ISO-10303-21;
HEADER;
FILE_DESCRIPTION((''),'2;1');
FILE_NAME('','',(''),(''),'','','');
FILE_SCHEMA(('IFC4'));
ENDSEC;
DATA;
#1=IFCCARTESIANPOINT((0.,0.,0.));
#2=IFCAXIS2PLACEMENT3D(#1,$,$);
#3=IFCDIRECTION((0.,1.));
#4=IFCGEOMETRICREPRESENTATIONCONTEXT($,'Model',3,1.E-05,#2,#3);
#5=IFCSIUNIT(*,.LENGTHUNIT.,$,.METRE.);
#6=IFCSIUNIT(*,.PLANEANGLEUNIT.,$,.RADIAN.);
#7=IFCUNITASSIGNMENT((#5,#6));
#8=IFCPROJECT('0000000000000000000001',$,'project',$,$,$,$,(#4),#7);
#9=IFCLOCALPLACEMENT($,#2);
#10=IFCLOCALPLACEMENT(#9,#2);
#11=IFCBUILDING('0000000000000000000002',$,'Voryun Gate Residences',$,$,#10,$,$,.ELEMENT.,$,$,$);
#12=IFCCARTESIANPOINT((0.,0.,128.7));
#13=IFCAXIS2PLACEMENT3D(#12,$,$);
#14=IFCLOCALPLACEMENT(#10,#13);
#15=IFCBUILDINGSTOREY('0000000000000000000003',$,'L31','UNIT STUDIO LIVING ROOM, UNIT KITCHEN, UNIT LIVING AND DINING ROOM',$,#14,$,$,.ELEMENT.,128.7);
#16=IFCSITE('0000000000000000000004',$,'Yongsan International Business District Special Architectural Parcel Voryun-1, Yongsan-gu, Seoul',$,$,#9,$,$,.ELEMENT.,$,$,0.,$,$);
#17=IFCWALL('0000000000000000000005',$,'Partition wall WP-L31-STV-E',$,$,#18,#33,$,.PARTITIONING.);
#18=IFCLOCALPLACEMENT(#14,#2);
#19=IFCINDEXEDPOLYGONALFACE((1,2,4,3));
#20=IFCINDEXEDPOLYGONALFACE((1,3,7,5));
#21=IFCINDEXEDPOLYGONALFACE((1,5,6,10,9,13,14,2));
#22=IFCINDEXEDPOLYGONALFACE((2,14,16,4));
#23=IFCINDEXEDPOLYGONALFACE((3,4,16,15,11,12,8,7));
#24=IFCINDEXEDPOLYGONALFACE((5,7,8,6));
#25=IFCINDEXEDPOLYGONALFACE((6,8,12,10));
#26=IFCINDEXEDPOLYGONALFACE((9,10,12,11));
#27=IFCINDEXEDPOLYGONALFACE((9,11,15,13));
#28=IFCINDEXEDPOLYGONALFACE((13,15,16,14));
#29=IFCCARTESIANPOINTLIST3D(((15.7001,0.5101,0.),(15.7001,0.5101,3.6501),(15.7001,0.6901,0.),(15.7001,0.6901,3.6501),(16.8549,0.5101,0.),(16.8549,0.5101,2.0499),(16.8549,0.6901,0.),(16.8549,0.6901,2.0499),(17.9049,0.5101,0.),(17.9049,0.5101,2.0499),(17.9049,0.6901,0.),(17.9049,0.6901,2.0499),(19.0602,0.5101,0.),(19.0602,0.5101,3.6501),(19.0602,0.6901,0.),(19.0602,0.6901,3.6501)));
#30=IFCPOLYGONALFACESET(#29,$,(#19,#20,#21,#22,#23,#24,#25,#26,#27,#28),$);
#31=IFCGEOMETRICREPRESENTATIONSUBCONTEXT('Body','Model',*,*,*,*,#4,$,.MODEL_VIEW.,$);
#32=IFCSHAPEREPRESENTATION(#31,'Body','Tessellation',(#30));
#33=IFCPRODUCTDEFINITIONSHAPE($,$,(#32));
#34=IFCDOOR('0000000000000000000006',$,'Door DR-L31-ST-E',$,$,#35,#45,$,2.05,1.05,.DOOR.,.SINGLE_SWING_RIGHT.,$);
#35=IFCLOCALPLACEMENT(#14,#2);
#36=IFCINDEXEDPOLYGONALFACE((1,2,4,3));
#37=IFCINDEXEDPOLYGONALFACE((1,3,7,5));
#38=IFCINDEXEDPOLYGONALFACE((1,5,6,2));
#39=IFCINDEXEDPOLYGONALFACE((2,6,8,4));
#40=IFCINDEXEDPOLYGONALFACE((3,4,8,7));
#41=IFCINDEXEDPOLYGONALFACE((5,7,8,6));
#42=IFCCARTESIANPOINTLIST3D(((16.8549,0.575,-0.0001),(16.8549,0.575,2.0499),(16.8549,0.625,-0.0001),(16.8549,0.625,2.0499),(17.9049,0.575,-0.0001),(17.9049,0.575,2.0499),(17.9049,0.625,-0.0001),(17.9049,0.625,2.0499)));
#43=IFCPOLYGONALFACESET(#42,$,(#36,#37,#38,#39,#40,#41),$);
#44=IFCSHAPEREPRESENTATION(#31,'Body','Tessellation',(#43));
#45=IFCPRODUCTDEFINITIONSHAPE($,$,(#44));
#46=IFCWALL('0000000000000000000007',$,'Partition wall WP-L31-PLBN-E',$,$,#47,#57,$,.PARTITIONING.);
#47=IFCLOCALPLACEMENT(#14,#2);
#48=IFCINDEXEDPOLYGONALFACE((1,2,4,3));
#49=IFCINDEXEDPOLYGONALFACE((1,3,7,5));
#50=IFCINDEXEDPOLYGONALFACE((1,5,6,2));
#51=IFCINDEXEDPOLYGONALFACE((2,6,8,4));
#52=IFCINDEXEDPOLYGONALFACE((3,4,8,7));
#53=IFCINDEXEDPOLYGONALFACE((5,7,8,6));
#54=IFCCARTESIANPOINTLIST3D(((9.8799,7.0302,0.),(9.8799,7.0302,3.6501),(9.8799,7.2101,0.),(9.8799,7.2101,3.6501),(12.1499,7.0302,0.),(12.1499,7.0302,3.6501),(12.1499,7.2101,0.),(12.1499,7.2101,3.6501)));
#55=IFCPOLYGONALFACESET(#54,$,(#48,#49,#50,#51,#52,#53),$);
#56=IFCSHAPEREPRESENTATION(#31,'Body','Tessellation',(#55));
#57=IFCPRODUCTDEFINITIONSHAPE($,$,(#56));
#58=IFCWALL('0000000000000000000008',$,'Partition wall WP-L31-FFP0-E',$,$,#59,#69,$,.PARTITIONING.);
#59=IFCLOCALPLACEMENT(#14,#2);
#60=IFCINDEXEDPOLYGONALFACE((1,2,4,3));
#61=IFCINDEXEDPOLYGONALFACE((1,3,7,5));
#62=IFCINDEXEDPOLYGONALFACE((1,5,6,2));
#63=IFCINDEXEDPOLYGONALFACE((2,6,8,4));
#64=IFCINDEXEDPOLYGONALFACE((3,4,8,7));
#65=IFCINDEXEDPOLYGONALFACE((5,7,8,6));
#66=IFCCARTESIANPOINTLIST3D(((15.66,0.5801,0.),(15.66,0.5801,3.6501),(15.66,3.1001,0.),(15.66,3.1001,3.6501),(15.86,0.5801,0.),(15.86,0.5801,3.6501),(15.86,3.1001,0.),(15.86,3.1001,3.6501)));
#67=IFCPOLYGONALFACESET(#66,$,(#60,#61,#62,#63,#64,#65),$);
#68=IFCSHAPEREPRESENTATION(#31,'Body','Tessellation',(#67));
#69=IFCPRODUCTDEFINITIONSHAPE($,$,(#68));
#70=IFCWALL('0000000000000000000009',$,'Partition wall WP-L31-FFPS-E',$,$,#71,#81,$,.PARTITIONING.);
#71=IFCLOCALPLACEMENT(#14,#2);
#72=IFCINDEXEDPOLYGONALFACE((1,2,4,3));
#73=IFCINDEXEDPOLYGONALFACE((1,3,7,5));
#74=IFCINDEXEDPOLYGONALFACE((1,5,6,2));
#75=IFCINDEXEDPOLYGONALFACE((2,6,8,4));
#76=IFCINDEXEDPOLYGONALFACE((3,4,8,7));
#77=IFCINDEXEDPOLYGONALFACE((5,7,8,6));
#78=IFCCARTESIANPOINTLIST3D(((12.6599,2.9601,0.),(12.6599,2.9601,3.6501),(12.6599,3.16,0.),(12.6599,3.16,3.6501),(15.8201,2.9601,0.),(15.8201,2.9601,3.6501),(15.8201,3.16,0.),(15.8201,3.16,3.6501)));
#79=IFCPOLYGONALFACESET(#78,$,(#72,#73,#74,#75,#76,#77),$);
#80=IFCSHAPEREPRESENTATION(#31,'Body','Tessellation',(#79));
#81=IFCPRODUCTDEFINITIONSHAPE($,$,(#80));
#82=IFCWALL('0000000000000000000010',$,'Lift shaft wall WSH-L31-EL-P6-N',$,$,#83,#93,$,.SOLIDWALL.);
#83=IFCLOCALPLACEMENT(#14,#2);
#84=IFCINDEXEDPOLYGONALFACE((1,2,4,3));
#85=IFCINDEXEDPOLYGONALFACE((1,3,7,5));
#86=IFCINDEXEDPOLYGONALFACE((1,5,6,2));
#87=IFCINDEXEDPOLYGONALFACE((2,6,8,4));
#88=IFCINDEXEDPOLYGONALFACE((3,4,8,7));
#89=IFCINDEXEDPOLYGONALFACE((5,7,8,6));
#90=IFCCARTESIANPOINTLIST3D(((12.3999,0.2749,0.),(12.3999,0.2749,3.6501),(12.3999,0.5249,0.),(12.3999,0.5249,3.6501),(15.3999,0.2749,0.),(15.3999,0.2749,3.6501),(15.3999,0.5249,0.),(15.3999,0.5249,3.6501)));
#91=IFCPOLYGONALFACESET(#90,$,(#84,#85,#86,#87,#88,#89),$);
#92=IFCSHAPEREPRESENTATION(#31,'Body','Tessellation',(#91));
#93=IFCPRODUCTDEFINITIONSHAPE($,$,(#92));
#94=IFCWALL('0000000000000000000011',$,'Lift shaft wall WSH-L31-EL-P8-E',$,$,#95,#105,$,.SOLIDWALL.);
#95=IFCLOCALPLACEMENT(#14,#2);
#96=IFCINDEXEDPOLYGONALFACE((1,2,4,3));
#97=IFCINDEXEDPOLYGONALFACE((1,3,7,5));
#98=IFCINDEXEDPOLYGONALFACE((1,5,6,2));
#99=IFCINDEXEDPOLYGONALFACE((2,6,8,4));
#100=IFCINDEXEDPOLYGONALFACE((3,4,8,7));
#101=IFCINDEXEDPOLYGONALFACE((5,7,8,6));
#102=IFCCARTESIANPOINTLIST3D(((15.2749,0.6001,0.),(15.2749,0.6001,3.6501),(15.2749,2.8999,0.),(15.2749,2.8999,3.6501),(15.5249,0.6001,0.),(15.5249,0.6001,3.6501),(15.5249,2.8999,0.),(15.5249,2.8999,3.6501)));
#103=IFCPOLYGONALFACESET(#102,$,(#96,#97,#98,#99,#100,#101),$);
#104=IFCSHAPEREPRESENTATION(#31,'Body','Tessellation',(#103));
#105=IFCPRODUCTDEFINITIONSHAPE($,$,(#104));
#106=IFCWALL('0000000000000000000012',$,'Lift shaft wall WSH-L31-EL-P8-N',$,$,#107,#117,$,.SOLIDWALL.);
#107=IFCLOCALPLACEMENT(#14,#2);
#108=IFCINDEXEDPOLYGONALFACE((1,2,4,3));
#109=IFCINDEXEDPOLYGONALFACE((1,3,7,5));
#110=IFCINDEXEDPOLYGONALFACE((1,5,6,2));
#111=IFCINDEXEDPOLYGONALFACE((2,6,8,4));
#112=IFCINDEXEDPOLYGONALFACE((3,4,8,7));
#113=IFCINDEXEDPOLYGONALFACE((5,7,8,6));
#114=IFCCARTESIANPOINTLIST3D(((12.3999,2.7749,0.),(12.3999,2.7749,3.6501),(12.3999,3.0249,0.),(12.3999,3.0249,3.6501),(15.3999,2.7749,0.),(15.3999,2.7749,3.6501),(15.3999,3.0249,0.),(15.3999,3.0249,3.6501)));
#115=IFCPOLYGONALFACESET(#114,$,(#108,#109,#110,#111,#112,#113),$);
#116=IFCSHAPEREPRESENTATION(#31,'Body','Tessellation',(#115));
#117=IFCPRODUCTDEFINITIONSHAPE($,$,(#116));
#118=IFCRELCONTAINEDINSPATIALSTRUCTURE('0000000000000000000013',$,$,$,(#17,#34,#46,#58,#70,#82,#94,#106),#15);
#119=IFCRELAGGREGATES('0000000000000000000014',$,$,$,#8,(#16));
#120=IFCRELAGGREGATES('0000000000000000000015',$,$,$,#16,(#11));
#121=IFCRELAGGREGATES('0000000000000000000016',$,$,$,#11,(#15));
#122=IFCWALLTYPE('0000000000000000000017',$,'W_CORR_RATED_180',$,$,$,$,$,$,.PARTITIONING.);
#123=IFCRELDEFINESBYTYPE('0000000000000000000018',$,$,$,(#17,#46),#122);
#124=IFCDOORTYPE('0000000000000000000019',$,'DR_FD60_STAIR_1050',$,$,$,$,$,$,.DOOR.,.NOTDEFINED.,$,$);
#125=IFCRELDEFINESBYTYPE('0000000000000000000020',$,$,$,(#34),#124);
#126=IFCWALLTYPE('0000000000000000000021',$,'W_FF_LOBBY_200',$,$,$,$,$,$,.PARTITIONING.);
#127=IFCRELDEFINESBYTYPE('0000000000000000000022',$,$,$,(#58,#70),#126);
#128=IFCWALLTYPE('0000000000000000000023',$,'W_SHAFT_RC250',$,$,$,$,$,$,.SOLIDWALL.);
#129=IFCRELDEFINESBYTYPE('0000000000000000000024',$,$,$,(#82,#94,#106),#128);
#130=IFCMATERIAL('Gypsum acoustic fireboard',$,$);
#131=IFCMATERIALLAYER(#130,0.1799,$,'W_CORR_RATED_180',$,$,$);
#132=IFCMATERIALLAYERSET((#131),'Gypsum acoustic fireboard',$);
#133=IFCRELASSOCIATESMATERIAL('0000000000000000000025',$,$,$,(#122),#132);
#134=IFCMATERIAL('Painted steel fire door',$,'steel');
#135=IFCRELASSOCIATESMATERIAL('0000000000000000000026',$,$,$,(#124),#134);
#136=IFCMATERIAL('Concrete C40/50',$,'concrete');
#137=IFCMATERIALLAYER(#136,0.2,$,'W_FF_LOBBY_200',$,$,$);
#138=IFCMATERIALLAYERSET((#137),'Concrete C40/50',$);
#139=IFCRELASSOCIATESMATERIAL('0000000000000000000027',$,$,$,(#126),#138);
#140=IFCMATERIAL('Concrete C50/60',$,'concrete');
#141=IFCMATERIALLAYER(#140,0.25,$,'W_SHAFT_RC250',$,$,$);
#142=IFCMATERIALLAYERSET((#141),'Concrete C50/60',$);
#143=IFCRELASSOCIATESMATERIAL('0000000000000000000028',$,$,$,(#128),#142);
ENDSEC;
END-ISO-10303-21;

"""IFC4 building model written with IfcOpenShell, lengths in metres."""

from ifc_helpers import new_model, si_unit, direction, frame, frame_2d, origin, place, context, subcontext, project, spatial, rectangle, extrude, material, layer, layer_set, type_object, element, fill, save


model = new_model("IFC4")

# Units and contexts
model_context = context("Model", 3, precision=1e-05, world=origin(), true_north=direction((0.0, 1.0)))
body_context = subcontext(model_context, "Body", "Model", "MODEL_VIEW")
ifc_project = project(units=[si_unit("LENGTHUNIT", "METRE"), si_unit("PLANEANGLEUNIT", "RADIAN")], contexts=[model_context])

# Site, building, storey
site_placement = place(None, origin())
site = spatial("IfcSite", under=ifc_project, at=site_placement, Name="Yongsan International Business District Special Architectural Parcel Voryun-1, Yongsan-gu, Seoul", CompositionType="ELEMENT", RefElevation=0.0)
building_placement = place(site_placement, origin())
building = spatial("IfcBuilding", under=site, at=building_placement, Name="Voryun Gate Residences", CompositionType="ELEMENT")
storey_placement = place(building_placement, frame((0.0, 0.0, 128.7)))
storey = spatial("IfcBuildingStorey", under=building, at=storey_placement, Name="L31", Description="UNIT STUDIO LIVING ROOM, UNIT KITCHEN, UNIT LIVING AND DINING ROOM", CompositionType="ELEMENT", Elevation=128.7)

# Wall, opening, door
ifc_material_1 = material(Name="Gypsum acoustic fireboard")
ifc_layer_1 = layer(ifc_material_1, 0.1799, Name="W_CORR_RATED_180")
ifc_layer_set_1 = layer_set([ifc_layer_1], Name="Gypsum acoustic fireboard")
wall_type_1 = type_object("IfcWallType", Name="W_CORR_RATED_180", PredefinedType="PARTITIONING", material=ifc_layer_set_1)
wall_1_placement = place(storey_placement, frame((15.7, 0.6001, 0.0), z_axis=(0.0, 0.0, 1.0), x_axis=(1.0, 0.0, 0.0)))
wall_1 = element("IfcWall", 1, at=wall_1_placement, inside=storey, type_object=wall_type_1, Name="Partition wall WP-L31-STV-E", PredefinedType="PARTITIONING", context=body_context, shape_type="SweptSolid", body=[
    extrude(rectangle(XDim=3.3601, YDim=0.1799, at=frame_2d((1.6802, 0.0))), origin(), (0.0, 0.0, 1.0), 3.6501),
])
opening_placement = place(wall_1_placement, frame((1.155, 0.0, 0.0)))
opening = element("IfcOpeningElement", 2, at=opening_placement, cuts=wall_1, PredefinedType="OPENING", context=body_context, shape_type="SweptSolid", body=[
    extrude(rectangle(XDim=1.05, YDim=2.05, at=frame_2d((0.5249, 1.0249))), frame((0.0, 0.0999, 0.0), z_axis=(0.0, -1.0, 0.0), x_axis=(1.0, 0.0, 0.0)), (0.0, 0.0, 1.0), 0.2),
])
ifc_material_2 = material(Name="Painted steel fire door", Category="steel")
door_type = type_object("IfcDoorType", Name="DR_FD60_STAIR_1050", OperationType="NOTDEFINED", PredefinedType="DOOR", material=ifc_material_2)
door_placement = place(opening_placement, origin())
door = element("IfcDoor", 3, at=door_placement, inside=storey, type_object=door_type, Name="Door DR-L31-ST-E", OperationType="SINGLE_SWING_RIGHT", OverallHeight=2.05, OverallWidth=1.05, PredefinedType="DOOR", context=body_context, shape_type="SweptSolid", body=[
    extrude(rectangle(XDim=1.05, YDim=2.05, at=frame_2d((0.5249, 1.0249))), frame((0.0, 0.0249, 0.0), z_axis=(0.0, -1.0, 0.0), x_axis=(1.0, 0.0, 0.0)), (0.0, 0.0, 1.0), 0.05),
])
fill(opening, door)

# Walls
wall_2_placement = place(storey_placement, frame((9.8799, 7.1201, 0.0), z_axis=(0.0, 0.0, 1.0), x_axis=(1.0, 0.0, 0.0)))
element("IfcWall", 4, at=wall_2_placement, inside=storey, type_object=wall_type_1, Name="Partition wall WP-L31-PLBN-E", PredefinedType="PARTITIONING", context=body_context, shape_type="SweptSolid", body=[
    extrude(rectangle(XDim=2.27, YDim=0.1799, at=frame_2d((1.135, 0.0))), origin(), (0.0, 0.0, 1.0), 3.6501),
])
ifc_material_3 = material(Name="Concrete C40/50", Category="concrete")
ifc_layer_2 = layer(ifc_material_3, 0.2, Name="W_FF_LOBBY_200")
ifc_layer_set_2 = layer_set([ifc_layer_2], Name="Concrete C40/50")
wall_type_2 = type_object("IfcWallType", Name="W_FF_LOBBY_200", PredefinedType="PARTITIONING", material=ifc_layer_set_2)
wall_3_placement = place(storey_placement, frame((15.76, 0.5801, 0.0), z_axis=(0.0, 0.0, 1.0), x_axis=(0.0, 1.0, 0.0)))
element("IfcWall", 5, at=wall_3_placement, inside=storey, type_object=wall_type_2, Name="Partition wall WP-L31-FFP0-E", PredefinedType="PARTITIONING", context=body_context, shape_type="SweptSolid", body=[
    extrude(rectangle(XDim=2.52, YDim=0.2, at=frame_2d((1.26, 0.0))), origin(), (0.0, 0.0, 1.0), 3.6501),
])
wall_4_placement = place(storey_placement, frame((12.6599, 3.0601, 0.0), z_axis=(0.0, 0.0, 1.0), x_axis=(1.0, 0.0, 0.0)))
element("IfcWall", 6, at=wall_4_placement, inside=storey, type_object=wall_type_2, Name="Partition wall WP-L31-FFPS-E", PredefinedType="PARTITIONING", context=body_context, shape_type="SweptSolid", body=[
    extrude(rectangle(XDim=3.1602, YDim=0.2, at=frame_2d((1.5801, 0.0))), origin(), (0.0, 0.0, 1.0), 3.6501),
])
ifc_material_4 = material(Name="Concrete C50/60", Category="concrete")
ifc_layer_3 = layer(ifc_material_4, 0.25, Name="W_SHAFT_RC250")
ifc_layer_set_3 = layer_set([ifc_layer_3], Name="Concrete C50/60")
wall_type_3 = type_object("IfcWallType", Name="W_SHAFT_RC250", PredefinedType="SOLIDWALL", material=ifc_layer_set_3)
wall_5_placement = place(storey_placement, frame((15.3999, 0.3999, 0.0), z_axis=(0.0, 0.0, 1.0), x_axis=(-1.0, 0.0, 0.0)))
element("IfcWall", 7, at=wall_5_placement, inside=storey, type_object=wall_type_3, Name="Lift shaft wall WSH-L31-EL-P6-N", PredefinedType="SOLIDWALL", context=body_context, shape_type="SweptSolid", body=[
    extrude(rectangle(XDim=3.0, YDim=0.25, at=frame_2d((1.5, 0.0))), origin(), (0.0, 0.0, 1.0), 3.6501),
])
wall_6_placement = place(storey_placement, frame((15.3999, 0.6001, 0.0), z_axis=(0.0, 0.0, 1.0), x_axis=(0.0, 1.0, 0.0)))
element("IfcWall", 8, at=wall_6_placement, inside=storey, type_object=wall_type_3, Name="Lift shaft wall WSH-L31-EL-P8-E", PredefinedType="SOLIDWALL", context=body_context, shape_type="SweptSolid", body=[
    extrude(rectangle(XDim=2.2998, YDim=0.25, at=frame_2d((1.1499, 0.0))), origin(), (0.0, 0.0, 1.0), 3.6501),
])
wall_7_placement = place(storey_placement, frame((15.3999, 2.8999, 0.0), z_axis=(0.0, 0.0, 1.0), x_axis=(-1.0, 0.0, 0.0)))
element("IfcWall", 9, at=wall_7_placement, inside=storey, type_object=wall_type_3, Name="Lift shaft wall WSH-L31-EL-P8-N", PredefinedType="SOLIDWALL", context=body_context, shape_type="SweptSolid", body=[
    extrude(rectangle(XDim=3.0, YDim=0.25, at=frame_2d((1.5, 0.0))), origin(), (0.0, 0.0, 1.0), 3.6501),
])

save(model, "model.ifc")
